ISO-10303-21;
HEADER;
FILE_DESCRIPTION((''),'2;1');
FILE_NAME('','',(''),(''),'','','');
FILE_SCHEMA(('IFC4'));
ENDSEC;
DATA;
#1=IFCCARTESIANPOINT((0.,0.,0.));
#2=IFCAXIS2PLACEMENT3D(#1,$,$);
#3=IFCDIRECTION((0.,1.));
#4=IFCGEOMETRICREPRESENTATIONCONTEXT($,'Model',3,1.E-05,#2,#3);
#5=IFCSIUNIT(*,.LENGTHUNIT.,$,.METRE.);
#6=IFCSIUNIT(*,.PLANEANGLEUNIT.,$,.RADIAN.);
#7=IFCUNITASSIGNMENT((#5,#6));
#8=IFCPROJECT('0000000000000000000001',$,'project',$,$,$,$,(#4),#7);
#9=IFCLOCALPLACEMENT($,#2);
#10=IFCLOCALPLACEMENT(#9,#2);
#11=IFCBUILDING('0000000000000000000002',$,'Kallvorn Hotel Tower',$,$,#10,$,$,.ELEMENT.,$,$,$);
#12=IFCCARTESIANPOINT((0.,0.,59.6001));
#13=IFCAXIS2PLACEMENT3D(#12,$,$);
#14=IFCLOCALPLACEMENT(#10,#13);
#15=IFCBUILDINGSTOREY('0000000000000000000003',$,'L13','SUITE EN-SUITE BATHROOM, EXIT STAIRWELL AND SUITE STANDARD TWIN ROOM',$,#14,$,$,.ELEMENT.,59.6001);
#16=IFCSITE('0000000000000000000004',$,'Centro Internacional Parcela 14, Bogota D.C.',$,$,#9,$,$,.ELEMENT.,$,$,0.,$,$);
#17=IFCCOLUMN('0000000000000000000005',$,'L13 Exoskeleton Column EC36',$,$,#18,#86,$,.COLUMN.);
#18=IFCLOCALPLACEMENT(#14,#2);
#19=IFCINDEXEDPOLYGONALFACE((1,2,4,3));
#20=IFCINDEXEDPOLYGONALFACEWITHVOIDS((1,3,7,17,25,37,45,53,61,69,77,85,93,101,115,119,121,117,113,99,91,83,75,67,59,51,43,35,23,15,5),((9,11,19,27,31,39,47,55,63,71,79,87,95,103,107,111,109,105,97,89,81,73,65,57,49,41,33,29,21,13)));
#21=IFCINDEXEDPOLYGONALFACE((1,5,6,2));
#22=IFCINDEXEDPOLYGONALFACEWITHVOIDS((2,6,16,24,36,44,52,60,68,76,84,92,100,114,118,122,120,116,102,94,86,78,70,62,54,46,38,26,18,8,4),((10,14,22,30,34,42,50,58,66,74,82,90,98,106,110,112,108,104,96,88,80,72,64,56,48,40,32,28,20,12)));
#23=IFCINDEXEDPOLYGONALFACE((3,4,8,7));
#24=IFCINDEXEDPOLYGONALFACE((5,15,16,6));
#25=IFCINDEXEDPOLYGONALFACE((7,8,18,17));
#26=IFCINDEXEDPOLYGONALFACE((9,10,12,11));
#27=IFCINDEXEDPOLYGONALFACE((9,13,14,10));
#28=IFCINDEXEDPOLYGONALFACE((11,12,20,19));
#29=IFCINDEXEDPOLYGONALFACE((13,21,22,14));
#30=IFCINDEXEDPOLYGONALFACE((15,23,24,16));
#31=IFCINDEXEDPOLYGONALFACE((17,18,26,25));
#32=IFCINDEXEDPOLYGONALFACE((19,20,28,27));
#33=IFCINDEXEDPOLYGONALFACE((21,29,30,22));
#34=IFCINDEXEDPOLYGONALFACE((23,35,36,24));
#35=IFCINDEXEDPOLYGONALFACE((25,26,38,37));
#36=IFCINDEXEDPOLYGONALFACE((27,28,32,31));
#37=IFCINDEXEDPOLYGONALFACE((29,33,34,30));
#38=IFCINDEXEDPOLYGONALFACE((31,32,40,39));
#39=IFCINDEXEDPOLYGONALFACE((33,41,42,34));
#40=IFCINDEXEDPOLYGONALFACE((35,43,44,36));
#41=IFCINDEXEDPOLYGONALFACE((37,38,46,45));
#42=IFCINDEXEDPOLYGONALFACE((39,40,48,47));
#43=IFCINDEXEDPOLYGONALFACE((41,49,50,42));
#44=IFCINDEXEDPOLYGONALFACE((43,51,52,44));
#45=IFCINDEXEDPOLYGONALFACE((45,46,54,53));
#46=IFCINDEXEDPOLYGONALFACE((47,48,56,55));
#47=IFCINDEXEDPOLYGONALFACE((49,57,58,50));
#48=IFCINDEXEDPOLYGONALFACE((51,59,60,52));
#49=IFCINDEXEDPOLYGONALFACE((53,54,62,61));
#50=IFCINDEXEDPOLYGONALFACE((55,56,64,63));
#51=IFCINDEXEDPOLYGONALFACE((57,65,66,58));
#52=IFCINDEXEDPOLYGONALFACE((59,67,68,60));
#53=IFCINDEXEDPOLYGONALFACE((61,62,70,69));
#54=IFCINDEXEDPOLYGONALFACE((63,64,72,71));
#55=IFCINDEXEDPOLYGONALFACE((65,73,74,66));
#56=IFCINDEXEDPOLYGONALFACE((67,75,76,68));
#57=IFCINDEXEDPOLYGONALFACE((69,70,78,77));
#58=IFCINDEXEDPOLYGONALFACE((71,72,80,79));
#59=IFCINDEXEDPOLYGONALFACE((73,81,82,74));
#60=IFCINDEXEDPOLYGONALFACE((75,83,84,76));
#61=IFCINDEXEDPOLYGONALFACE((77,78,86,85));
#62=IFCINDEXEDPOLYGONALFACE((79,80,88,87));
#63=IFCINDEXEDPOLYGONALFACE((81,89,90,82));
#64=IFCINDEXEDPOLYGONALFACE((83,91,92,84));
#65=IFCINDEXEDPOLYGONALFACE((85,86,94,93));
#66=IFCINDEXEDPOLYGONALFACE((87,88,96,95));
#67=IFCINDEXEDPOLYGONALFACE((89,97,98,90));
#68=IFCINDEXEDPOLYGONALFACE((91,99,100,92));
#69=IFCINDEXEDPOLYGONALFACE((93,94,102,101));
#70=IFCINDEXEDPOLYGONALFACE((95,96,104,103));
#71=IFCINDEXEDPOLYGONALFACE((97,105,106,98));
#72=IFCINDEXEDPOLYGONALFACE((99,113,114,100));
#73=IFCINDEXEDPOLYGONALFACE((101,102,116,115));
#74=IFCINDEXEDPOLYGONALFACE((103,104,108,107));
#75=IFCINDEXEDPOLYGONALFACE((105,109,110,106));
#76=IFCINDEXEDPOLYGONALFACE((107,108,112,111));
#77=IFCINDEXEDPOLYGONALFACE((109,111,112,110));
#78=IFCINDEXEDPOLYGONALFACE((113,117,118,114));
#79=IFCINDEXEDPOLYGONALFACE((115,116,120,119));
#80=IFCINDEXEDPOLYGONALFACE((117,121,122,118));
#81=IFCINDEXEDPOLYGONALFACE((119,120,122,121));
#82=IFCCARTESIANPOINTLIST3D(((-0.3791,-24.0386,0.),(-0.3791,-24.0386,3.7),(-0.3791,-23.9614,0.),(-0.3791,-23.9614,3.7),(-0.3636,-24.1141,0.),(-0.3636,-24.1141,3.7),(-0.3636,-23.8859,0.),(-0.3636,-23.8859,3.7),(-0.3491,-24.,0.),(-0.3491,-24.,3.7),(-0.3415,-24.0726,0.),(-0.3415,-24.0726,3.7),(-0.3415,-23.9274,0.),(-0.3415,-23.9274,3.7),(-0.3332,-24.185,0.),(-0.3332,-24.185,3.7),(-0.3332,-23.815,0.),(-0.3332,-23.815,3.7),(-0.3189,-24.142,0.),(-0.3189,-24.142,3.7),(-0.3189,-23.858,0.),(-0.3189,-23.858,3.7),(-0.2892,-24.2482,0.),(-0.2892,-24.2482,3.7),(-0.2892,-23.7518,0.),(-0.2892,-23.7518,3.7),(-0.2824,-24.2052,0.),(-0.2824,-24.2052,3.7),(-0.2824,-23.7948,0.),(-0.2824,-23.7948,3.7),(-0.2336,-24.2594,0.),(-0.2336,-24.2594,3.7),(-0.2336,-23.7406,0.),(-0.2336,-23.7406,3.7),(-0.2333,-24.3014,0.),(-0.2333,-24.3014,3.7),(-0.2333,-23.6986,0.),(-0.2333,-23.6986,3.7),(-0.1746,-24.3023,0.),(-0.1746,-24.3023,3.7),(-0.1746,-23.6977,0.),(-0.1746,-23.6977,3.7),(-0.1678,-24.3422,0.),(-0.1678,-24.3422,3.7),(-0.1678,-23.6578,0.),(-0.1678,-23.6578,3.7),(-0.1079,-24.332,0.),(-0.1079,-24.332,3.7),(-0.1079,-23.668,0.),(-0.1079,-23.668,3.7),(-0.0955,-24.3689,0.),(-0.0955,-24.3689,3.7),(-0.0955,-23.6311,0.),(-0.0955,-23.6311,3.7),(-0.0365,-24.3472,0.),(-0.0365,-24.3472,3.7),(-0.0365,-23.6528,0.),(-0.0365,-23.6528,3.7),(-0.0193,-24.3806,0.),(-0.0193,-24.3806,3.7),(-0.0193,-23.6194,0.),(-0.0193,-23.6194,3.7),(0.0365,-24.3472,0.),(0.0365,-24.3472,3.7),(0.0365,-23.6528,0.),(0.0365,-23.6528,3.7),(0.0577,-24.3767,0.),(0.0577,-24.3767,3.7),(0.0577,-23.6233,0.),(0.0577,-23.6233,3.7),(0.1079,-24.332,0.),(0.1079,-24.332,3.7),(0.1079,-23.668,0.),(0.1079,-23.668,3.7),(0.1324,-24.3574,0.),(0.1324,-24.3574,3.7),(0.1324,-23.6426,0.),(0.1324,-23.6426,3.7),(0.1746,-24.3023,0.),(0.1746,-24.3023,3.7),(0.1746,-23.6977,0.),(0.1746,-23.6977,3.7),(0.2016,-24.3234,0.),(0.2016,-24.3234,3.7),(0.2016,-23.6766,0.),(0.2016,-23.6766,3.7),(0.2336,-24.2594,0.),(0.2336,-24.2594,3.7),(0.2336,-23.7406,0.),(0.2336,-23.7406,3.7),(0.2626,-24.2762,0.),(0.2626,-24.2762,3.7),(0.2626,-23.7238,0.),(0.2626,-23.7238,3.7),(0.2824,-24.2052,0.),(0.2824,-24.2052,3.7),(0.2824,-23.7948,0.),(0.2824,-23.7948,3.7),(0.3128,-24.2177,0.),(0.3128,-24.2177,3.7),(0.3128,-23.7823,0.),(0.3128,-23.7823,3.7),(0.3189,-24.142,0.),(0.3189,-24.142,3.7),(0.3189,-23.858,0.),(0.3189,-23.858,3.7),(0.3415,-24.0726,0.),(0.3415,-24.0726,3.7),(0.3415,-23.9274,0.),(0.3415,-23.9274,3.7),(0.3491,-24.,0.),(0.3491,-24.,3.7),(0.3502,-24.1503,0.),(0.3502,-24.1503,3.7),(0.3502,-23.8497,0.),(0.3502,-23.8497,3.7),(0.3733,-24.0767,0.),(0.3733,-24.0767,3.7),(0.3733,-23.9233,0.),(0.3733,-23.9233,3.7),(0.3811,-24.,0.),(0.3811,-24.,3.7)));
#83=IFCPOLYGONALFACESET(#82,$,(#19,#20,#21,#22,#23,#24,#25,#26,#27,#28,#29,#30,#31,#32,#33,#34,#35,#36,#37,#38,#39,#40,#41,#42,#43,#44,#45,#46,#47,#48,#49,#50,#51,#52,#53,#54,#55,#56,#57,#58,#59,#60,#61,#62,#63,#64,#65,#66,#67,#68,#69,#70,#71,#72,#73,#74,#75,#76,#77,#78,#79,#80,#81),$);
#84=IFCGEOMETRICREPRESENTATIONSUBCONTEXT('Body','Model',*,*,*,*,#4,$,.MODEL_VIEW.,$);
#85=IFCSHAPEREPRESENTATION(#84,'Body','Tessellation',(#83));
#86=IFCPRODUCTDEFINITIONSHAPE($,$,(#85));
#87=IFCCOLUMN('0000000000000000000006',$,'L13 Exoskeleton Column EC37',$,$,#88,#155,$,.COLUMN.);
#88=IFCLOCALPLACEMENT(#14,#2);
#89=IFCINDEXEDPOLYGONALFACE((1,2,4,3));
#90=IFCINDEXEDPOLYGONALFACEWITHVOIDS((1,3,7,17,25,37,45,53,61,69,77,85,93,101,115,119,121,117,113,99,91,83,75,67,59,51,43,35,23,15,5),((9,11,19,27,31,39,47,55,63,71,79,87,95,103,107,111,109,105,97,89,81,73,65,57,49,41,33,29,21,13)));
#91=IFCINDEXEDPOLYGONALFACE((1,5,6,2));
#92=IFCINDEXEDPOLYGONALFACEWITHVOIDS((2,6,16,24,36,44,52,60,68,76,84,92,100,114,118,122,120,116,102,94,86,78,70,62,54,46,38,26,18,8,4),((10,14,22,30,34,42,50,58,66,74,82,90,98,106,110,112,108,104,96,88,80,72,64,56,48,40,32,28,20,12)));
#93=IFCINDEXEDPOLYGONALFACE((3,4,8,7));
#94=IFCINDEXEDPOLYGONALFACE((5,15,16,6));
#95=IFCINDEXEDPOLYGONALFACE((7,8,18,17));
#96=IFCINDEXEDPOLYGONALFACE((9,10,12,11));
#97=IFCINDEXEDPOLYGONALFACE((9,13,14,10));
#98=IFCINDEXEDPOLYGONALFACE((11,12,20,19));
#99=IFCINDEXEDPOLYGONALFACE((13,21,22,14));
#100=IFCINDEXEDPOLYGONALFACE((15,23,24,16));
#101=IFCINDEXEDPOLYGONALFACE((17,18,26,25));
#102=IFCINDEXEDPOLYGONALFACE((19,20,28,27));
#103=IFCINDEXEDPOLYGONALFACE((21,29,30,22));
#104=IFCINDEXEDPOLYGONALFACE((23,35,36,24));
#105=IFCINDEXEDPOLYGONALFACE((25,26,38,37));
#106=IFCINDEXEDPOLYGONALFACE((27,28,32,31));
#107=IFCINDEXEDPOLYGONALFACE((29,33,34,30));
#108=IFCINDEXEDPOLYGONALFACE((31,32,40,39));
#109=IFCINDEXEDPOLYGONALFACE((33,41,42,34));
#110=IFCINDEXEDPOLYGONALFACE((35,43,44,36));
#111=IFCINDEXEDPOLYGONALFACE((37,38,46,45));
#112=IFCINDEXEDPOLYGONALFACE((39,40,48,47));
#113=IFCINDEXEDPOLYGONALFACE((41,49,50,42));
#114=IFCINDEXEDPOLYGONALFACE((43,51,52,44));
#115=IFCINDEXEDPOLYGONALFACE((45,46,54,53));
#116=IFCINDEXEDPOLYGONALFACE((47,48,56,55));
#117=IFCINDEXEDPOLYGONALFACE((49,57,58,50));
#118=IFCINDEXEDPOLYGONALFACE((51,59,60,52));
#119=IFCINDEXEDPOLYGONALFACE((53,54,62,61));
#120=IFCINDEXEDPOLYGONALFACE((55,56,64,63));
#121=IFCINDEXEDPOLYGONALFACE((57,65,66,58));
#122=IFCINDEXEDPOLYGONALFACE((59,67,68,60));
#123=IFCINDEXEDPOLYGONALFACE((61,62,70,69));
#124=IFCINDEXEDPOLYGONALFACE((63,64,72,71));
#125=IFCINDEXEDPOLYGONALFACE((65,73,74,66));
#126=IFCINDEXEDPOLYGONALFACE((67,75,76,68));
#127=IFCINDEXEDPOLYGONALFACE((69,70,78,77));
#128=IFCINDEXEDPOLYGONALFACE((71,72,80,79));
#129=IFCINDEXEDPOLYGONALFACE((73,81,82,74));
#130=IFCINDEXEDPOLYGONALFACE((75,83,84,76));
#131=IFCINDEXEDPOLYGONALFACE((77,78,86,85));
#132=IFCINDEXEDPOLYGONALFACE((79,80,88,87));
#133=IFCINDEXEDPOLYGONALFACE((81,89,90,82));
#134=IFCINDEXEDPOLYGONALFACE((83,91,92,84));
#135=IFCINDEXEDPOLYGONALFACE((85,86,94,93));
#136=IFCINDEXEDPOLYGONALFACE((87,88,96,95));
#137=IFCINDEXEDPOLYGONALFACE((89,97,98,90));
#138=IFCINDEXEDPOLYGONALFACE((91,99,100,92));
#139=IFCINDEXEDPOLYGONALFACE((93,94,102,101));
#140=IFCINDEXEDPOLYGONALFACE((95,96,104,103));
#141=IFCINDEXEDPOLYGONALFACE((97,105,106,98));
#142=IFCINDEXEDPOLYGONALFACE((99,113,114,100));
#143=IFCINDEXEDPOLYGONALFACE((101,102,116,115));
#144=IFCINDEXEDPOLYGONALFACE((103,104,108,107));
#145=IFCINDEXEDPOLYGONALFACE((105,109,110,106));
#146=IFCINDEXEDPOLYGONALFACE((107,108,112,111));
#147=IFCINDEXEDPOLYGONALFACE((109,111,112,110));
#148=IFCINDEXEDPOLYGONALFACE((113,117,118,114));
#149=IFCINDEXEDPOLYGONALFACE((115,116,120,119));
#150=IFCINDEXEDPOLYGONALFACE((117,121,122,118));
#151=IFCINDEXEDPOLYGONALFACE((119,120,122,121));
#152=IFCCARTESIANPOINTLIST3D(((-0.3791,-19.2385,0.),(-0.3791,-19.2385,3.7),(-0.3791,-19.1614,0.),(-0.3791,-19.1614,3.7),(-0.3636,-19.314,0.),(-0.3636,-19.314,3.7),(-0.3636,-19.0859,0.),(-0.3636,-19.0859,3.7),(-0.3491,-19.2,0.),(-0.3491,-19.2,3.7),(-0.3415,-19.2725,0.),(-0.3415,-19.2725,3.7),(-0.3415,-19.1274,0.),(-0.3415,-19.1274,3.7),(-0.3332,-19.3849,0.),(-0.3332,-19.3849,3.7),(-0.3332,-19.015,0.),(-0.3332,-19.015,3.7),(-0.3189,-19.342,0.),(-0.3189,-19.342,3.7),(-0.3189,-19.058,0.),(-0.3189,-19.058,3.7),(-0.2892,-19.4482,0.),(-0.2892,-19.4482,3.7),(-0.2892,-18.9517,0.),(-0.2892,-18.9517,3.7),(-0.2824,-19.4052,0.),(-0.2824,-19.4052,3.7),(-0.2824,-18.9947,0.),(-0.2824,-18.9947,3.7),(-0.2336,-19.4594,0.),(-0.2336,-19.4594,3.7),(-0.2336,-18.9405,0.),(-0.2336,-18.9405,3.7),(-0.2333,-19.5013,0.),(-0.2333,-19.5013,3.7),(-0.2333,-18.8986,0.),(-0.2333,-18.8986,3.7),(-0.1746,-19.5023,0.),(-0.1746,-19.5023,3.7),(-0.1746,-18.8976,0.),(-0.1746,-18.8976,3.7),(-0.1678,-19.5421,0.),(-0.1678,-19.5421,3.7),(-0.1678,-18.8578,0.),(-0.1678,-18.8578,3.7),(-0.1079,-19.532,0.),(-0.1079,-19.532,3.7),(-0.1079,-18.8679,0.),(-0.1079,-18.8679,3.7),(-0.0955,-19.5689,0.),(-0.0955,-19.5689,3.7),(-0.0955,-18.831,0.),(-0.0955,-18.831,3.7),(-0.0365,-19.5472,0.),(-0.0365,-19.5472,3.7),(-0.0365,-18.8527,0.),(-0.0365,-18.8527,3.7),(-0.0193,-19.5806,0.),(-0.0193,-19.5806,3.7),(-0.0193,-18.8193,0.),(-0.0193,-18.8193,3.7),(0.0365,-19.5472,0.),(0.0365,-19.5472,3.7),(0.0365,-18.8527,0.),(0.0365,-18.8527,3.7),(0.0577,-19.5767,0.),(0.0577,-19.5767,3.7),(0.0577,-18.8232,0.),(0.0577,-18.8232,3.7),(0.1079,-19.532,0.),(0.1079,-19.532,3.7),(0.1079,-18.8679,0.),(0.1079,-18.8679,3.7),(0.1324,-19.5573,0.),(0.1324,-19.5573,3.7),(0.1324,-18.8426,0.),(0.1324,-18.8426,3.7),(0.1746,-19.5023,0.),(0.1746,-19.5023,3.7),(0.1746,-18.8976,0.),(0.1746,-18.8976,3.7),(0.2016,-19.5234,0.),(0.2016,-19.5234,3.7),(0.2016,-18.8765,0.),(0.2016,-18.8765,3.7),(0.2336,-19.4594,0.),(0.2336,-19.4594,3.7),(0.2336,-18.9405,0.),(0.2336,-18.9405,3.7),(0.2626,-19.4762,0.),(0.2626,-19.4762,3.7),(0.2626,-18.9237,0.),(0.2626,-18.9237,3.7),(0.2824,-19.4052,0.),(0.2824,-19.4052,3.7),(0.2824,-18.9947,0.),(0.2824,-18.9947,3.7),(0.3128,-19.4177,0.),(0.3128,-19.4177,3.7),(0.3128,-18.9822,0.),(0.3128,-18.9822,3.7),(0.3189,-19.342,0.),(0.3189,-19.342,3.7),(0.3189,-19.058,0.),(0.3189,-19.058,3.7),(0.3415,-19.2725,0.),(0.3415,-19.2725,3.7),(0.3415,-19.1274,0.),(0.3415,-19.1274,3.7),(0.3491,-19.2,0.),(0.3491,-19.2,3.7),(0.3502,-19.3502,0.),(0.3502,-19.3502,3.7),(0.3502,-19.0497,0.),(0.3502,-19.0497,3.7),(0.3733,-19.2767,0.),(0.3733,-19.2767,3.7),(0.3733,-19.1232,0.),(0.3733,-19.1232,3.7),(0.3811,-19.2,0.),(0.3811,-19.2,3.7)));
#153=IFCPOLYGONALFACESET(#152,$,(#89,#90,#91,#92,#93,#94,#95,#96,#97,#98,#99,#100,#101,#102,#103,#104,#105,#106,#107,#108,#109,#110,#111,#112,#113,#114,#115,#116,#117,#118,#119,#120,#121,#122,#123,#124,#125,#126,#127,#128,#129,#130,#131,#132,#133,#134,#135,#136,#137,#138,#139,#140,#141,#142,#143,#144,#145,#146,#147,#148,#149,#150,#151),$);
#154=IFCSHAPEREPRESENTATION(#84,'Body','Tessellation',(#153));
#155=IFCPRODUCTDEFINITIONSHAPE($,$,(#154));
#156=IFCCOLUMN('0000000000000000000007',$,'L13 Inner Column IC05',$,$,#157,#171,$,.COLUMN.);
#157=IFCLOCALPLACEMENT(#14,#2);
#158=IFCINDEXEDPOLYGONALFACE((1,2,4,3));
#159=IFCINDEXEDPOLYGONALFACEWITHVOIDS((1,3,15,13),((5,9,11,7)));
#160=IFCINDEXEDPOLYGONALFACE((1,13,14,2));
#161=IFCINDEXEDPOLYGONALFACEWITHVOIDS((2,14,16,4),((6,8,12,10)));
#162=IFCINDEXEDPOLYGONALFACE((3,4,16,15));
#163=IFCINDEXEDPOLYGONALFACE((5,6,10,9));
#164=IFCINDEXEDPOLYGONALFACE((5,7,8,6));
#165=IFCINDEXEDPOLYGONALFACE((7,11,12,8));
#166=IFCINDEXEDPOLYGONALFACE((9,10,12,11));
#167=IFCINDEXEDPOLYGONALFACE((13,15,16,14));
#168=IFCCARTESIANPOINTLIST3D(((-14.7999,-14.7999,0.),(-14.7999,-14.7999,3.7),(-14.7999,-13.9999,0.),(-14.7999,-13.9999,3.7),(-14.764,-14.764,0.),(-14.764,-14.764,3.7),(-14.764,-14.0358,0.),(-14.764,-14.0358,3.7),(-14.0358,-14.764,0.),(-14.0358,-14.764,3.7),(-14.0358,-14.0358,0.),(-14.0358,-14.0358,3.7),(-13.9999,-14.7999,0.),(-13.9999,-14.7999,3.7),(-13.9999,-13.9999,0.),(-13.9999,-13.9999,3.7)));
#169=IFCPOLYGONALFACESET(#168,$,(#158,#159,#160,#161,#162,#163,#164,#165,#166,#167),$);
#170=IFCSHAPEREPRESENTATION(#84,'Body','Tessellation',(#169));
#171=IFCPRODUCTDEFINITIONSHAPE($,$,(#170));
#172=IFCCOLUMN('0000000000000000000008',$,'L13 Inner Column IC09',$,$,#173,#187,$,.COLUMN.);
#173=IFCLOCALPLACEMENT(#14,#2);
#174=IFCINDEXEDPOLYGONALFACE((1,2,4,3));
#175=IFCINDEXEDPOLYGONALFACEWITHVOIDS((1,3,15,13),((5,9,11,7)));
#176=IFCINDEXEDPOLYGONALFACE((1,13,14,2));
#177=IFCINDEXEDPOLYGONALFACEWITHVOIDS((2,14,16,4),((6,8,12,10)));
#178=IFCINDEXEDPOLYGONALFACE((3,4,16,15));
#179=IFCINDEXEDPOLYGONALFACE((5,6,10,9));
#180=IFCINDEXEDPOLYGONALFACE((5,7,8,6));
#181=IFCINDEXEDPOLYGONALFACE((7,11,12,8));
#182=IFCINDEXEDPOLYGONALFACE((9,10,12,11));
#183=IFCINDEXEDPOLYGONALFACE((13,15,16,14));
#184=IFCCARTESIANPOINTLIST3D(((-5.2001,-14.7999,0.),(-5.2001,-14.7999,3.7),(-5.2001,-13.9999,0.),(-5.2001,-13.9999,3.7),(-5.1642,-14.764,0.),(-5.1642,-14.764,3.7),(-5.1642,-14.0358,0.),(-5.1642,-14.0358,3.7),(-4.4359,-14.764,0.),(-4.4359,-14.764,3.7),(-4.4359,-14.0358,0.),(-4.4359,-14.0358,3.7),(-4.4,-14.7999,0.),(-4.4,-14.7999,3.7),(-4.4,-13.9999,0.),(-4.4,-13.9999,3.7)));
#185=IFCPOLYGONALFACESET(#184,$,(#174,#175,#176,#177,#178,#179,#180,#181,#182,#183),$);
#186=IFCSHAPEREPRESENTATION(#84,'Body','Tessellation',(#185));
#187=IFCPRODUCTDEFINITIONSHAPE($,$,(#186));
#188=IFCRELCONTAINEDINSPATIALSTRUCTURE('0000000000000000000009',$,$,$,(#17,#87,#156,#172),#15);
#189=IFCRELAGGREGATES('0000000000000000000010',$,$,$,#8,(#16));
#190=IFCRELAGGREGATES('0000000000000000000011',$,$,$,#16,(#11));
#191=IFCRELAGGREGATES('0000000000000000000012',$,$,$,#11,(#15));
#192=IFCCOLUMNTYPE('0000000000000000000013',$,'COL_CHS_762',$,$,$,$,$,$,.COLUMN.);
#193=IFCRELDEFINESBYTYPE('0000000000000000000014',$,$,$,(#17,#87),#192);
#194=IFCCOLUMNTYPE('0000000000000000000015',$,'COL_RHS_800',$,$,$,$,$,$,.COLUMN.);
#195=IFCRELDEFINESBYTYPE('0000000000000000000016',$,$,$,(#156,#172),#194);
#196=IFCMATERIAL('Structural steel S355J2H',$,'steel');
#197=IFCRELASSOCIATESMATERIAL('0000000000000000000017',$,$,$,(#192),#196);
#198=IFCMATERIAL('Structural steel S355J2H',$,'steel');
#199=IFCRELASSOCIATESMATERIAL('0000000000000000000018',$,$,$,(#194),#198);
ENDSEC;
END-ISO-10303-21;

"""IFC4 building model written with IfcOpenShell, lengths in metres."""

from ifc_helpers import new_model, si_unit, direction, frame, origin, origin_2d, place, context, subcontext, project, spatial, hollow_rectangle, hollow_circle, extrude, material, material_profile, profile_set, type_object, element, save


model = new_model("IFC4")

# Units and contexts
model_context = context("Model", 3, precision=1e-05, world=origin(), true_north=direction((0.0, 1.0)))
body_context = subcontext(model_context, "Body", "Model", "MODEL_VIEW")
ifc_project = project(units=[si_unit("LENGTHUNIT", "METRE"), si_unit("PLANEANGLEUNIT", "RADIAN")], contexts=[model_context])

# Site, building, storey
site_placement = place(None, origin())
site = spatial("IfcSite", under=ifc_project, at=site_placement, Name="Centro Internacional Parcela 14, Bogota D.C.", CompositionType="ELEMENT", RefElevation=0.0)
building_placement = place(site_placement, origin())
building = spatial("IfcBuilding", under=site, at=building_placement, Name="Kallvorn Hotel Tower", CompositionType="ELEMENT")
storey_placement = place(building_placement, frame((0.0, 0.0, 59.6001)))
storey = spatial("IfcBuildingStorey", under=building, at=storey_placement, Name="L13", Description="SUITE EN-SUITE BATHROOM, EXIT STAIRWELL AND SUITE STANDARD TWIN ROOM", CompositionType="ELEMENT", Elevation=59.6001)

# Columns
ifc_material_1 = material(Name="Structural steel S355J2H", Category="steel")
ifc_material_profile_1 = material_profile(ifc_material_1, hollow_circle(Radius=0.3811, WallThickness=0.032, at=origin_2d()), Name="CHS 762x32")
ifc_profile_set_1 = profile_set([ifc_material_profile_1], Name="Structural steel S355J2H")
column_type_1 = type_object("IfcColumnType", Name="COL_CHS_762", PredefinedType="COLUMN", material=ifc_profile_set_1)
for number, where, z_axis, x_axis, name in (
    (1, (0.0, -24.0, 0.0), (0.0, 0.0, 1.0), (1.0, 0.0, 0.0), "L13 Exoskeleton Column EC36"),
    (2, (0.0, -19.2, 0.0), (0.0, 0.0, 1.0), (1.0, 0.0, 0.0), "L13 Exoskeleton Column EC37"),
):
    element("IfcColumn", number, at=place(storey_placement, frame(where, z_axis=z_axis, x_axis=x_axis)), inside=storey, type_object=column_type_1, Name=name, PredefinedType="COLUMN", context=body_context, shape_type="SweptSolid", body=[
        extrude(hollow_circle(Radius=0.3811, WallThickness=0.032, at=origin_2d()), origin(), (0.0, 0.0, 1.0), 3.7),
    ])
ifc_material_2 = material(Name="Structural steel S355J2H", Category="steel")
ifc_material_profile_2 = material_profile(ifc_material_2, hollow_rectangle(XDim=0.8, YDim=0.8, WallThickness=0.0359, at=origin_2d()), Name="RHS 800x800x36")
ifc_profile_set_2 = profile_set([ifc_material_profile_2], Name="Structural steel S355J2H")
column_type_2 = type_object("IfcColumnType", Name="COL_RHS_800", PredefinedType="COLUMN", material=ifc_profile_set_2)
for number, where, z_axis, x_axis, name in (
    (3, (-14.3999, -14.3999, 0.0), (0.0, 0.0, 1.0), (1.0, 0.0, 0.0), "L13 Inner Column IC05"),
    (4, (-4.8, -14.3999, 0.0), (0.0, 0.0, 1.0), (1.0, 0.0, 0.0), "L13 Inner Column IC09"),
):
    element("IfcColumn", number, at=place(storey_placement, frame(where, z_axis=z_axis, x_axis=x_axis)), inside=storey, type_object=column_type_2, Name=name, PredefinedType="COLUMN", context=body_context, shape_type="SweptSolid", body=[
        extrude(hollow_rectangle(XDim=0.8, YDim=0.8, WallThickness=0.0359, at=origin_2d()), origin(), (0.0, 0.0, 1.0), 3.7),
    ])

save(model, "model.ifc")
